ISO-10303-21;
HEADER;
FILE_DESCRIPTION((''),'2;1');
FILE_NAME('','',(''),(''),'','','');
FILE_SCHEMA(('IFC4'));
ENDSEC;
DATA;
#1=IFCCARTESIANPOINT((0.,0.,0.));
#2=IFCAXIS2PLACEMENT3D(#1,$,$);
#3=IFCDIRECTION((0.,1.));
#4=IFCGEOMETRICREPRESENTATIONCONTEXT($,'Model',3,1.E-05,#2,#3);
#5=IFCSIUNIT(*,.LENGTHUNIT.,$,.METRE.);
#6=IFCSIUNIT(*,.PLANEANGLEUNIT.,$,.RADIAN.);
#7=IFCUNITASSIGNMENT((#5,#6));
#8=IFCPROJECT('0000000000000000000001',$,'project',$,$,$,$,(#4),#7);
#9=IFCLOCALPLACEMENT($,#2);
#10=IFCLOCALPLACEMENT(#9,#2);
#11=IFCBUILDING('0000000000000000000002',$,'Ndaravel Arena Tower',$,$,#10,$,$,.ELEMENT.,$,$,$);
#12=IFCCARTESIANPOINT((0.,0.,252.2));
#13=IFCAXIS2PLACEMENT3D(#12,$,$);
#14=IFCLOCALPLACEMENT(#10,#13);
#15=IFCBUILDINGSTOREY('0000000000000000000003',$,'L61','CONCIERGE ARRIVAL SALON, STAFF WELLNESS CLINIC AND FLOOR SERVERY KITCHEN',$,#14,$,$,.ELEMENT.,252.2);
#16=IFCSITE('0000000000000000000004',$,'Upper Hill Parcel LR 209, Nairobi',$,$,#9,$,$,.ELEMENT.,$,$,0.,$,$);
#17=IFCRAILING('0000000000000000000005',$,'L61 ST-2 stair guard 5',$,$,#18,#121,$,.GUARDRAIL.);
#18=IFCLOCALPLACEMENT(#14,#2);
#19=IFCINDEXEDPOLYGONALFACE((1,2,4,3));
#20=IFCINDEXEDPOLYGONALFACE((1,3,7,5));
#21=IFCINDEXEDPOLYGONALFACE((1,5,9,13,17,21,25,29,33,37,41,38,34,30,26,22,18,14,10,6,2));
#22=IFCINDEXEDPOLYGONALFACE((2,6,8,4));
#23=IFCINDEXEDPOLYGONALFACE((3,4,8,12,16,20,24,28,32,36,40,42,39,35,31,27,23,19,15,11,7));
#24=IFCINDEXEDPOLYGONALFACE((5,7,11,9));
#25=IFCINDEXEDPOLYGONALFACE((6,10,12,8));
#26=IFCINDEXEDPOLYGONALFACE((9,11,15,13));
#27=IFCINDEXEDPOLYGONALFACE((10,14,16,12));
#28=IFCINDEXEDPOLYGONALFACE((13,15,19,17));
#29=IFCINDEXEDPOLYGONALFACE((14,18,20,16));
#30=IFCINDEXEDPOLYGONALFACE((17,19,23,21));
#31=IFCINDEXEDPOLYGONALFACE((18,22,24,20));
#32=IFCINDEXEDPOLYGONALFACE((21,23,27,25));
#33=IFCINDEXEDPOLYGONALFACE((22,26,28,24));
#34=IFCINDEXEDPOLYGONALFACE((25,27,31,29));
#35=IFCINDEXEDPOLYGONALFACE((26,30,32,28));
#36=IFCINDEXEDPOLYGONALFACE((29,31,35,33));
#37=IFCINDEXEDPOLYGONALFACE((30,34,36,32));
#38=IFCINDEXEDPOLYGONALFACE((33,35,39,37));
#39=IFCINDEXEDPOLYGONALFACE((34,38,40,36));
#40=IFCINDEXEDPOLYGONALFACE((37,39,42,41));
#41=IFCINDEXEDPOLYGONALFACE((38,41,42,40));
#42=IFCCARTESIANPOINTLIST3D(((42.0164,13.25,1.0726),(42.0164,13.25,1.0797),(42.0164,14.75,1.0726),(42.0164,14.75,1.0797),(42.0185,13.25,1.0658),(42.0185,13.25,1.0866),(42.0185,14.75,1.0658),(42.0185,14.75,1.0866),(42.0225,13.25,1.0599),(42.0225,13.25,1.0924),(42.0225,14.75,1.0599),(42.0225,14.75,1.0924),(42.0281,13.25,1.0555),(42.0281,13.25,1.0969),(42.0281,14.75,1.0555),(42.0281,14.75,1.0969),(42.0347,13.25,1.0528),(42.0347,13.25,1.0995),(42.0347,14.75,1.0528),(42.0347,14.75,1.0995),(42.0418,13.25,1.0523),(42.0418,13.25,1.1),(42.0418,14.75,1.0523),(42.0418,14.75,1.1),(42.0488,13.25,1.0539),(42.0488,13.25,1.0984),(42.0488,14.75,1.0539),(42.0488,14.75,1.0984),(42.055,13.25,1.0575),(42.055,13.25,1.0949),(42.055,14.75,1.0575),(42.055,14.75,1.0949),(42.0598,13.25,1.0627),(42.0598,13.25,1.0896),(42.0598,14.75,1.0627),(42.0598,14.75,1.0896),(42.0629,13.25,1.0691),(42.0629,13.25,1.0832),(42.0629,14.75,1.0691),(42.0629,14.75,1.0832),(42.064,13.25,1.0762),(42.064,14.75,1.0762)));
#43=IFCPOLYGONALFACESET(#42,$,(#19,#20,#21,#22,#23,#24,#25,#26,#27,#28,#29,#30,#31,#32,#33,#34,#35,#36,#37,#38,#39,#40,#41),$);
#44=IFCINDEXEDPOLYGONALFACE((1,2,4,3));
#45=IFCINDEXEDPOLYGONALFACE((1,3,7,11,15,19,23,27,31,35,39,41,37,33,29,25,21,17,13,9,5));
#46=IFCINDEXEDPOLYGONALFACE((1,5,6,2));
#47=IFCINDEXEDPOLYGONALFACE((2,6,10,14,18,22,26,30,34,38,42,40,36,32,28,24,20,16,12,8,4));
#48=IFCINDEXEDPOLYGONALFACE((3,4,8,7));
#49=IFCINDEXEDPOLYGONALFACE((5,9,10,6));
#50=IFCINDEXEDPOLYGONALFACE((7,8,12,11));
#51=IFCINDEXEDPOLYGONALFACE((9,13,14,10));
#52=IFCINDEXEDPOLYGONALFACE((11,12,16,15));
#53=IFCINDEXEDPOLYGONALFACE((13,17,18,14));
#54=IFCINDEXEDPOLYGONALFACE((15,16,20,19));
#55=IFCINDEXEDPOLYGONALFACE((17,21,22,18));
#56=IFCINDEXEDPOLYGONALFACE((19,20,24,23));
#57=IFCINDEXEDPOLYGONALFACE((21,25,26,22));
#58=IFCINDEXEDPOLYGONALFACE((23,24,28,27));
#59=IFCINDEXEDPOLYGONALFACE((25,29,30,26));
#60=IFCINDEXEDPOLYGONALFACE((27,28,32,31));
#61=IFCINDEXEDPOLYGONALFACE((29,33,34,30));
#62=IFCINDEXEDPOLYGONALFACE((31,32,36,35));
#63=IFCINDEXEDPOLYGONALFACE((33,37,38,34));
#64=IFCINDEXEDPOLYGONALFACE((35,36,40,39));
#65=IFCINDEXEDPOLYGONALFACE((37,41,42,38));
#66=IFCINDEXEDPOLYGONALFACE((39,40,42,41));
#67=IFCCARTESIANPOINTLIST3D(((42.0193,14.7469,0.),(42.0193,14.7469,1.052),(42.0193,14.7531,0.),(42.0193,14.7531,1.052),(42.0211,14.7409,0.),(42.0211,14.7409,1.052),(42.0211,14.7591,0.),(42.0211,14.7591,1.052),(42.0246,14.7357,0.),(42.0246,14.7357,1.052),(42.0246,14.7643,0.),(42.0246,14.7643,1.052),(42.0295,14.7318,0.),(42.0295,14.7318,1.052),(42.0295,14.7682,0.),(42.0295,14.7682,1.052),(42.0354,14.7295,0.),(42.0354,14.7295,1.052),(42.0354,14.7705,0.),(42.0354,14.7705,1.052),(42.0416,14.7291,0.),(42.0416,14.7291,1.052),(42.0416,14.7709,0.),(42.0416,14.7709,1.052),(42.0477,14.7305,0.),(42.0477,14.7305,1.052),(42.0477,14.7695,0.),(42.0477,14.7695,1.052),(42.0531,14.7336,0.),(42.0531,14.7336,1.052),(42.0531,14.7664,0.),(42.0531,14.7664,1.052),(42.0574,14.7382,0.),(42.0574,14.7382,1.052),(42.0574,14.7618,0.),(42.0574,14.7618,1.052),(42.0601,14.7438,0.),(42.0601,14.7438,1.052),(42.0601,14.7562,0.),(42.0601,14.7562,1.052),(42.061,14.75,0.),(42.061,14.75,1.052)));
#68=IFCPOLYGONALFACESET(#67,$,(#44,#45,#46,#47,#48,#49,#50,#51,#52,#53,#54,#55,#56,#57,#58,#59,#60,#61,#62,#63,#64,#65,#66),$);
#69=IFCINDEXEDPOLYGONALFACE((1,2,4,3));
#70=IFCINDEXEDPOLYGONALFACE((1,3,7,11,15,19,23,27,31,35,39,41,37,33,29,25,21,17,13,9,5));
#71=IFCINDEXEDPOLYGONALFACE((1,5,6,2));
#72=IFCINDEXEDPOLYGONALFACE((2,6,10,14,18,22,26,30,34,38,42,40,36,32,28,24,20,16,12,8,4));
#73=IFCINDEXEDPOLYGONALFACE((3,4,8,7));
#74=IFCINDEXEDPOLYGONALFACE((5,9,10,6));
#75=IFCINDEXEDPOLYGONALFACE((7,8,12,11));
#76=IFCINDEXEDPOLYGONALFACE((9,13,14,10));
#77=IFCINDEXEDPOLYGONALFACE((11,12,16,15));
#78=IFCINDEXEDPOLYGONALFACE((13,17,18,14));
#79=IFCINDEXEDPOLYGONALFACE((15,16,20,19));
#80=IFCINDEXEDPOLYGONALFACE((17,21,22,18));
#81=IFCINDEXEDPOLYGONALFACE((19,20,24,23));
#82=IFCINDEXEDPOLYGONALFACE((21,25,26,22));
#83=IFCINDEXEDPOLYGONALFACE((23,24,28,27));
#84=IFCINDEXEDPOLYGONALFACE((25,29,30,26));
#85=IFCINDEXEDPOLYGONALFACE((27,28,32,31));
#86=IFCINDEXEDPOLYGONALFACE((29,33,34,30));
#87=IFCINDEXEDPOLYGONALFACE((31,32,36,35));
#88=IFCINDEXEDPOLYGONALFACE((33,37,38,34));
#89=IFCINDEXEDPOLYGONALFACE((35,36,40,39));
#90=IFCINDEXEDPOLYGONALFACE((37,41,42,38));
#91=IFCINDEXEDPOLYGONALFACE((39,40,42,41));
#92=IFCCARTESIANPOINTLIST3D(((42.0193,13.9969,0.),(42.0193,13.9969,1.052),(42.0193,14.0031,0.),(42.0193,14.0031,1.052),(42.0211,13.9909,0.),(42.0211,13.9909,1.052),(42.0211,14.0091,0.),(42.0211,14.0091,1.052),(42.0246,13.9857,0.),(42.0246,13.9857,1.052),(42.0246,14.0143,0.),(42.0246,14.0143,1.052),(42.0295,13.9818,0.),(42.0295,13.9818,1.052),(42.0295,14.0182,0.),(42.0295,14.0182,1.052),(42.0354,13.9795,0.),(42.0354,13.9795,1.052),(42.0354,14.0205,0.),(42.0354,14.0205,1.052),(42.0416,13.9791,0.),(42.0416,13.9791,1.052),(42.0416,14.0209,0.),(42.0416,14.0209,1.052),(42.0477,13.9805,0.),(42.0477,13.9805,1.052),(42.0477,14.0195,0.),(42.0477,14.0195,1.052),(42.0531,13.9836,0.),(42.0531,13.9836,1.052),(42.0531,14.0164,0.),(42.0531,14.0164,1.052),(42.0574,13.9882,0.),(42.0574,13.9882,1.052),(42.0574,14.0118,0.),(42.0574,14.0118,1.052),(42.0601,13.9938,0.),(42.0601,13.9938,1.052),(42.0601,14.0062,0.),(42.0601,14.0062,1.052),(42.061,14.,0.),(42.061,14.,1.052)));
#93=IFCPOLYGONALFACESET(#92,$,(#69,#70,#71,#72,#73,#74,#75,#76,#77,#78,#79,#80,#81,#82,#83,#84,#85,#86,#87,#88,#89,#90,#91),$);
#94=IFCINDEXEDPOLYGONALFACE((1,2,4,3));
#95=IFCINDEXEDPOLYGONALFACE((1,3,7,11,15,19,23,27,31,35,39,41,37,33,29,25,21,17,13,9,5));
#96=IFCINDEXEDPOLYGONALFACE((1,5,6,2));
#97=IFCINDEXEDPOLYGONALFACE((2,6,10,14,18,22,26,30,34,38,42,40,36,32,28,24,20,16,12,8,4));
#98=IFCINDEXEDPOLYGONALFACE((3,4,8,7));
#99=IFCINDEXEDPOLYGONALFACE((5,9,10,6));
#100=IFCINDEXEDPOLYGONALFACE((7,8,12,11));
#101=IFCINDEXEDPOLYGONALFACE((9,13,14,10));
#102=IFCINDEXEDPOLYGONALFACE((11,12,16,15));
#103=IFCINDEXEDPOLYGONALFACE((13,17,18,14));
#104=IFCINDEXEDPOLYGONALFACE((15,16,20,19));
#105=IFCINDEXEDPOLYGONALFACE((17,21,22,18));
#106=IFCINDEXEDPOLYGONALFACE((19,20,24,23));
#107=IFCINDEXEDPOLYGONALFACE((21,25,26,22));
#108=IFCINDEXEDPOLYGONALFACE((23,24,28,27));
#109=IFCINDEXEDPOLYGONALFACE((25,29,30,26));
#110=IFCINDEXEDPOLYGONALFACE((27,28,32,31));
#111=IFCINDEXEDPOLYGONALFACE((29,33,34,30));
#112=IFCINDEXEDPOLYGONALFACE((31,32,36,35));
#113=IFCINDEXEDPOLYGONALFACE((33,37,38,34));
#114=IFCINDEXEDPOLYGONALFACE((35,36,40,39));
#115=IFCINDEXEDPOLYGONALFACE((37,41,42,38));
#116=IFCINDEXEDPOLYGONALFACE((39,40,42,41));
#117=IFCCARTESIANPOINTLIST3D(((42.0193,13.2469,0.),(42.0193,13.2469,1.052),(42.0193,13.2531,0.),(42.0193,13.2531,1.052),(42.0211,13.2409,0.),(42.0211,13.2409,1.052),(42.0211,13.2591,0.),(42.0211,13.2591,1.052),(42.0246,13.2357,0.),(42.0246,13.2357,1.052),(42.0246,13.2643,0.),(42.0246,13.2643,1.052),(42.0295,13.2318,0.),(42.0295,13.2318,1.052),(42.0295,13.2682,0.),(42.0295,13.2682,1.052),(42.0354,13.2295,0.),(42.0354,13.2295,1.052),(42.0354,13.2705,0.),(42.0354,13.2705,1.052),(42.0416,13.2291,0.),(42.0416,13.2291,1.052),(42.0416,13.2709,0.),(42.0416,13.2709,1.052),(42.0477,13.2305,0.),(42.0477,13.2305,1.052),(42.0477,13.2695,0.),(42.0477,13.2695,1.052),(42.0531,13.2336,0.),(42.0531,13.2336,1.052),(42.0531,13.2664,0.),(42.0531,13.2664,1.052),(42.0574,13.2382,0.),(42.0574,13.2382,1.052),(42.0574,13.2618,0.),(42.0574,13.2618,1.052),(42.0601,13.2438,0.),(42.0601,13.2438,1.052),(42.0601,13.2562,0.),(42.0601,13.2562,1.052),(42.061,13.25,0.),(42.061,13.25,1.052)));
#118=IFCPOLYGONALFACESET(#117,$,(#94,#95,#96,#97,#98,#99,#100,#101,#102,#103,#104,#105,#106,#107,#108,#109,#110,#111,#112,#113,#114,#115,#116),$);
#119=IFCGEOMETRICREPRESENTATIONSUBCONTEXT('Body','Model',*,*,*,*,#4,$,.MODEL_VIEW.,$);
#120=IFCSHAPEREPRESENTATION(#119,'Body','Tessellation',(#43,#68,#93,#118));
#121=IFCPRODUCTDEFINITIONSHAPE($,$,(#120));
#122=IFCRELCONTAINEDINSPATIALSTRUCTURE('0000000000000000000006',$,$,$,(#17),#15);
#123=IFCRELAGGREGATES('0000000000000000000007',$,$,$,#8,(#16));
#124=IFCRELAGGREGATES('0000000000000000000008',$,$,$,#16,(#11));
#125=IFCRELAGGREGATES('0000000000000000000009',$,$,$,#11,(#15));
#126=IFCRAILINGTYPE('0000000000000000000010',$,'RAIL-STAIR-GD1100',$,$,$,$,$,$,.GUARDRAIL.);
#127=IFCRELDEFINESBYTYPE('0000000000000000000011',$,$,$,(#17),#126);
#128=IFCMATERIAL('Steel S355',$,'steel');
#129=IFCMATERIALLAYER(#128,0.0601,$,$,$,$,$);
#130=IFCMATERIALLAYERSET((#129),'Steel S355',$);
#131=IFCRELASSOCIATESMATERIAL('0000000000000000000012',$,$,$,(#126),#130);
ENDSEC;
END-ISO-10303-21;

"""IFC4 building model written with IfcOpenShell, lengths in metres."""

from ifc_helpers import new_model, si_unit, direction, frame, origin, origin_2d, place, context, subcontext, project, spatial, circle, extrude, material, layer, layer_set, type_object, element, save


model = new_model("IFC4")

# Units and contexts
model_context = context("Model", 3, precision=1e-05, world=origin(), true_north=direction((0.0, 1.0)))
body_context = subcontext(model_context, "Body", "Model", "MODEL_VIEW")
ifc_project = project(units=[si_unit("LENGTHUNIT", "METRE"), si_unit("PLANEANGLEUNIT", "RADIAN")], contexts=[model_context])

# Site, building, storey
site_placement = place(None, origin())
site = spatial("IfcSite", under=ifc_project, at=site_placement, Name="Upper Hill Parcel LR 209, Nairobi", CompositionType="ELEMENT", RefElevation=0.0)
building_placement = place(site_placement, origin())
building = spatial("IfcBuilding", under=site, at=building_placement, Name="Ndaravel Arena Tower", CompositionType="ELEMENT")
storey_placement = place(building_placement, frame((0.0, 0.0, 252.2)))
storey = spatial("IfcBuildingStorey", under=building, at=storey_placement, Name="L61", Description="CONCIERGE ARRIVAL SALON, STAFF WELLNESS CLINIC AND FLOOR SERVERY KITCHEN", CompositionType="ELEMENT", Elevation=252.2)

# Railing
ifc_material_1 = material(Name="Steel S355", Category="steel")
ifc_layer_1 = layer(ifc_material_1, 0.0601)
ifc_layer_set_1 = layer_set([ifc_layer_1], Name="Steel S355")
railing_type = type_object("IfcRailingType", Name="RAIL-STAIR-GD1100", PredefinedType="GUARDRAIL", material=ifc_layer_set_1)
railing_1_placement = place(storey_placement, frame((42.04, 14.75, 0.0)))
element("IfcRailing", 1, at=railing_1_placement, inside=storey, type_object=railing_type, Name="L61 ST-2 stair guard 5", PredefinedType="GUARDRAIL", context=body_context, shape_type="SweptSolid", body=[
    extrude(circle(Radius=0.0239, at=origin_2d()), frame((0.0, 0.0, 1.0762), z_axis=(0.0, -1.0, 0.0), x_axis=(1.0, 0.0, 0.0)), (0.0, 0.0, 1.0), 1.5),
    extrude(circle(Radius=0.021, at=origin_2d()), origin(), (0.0, 0.0, 1.0), 1.052),
    extrude(circle(Radius=0.021, at=origin_2d()), frame((0.0, -0.75, 0.0)), (0.0, 0.0, 1.0), 1.052),
    extrude(circle(Radius=0.021, at=origin_2d()), frame((0.0, -1.5, 0.0)), (0.0, 0.0, 1.0), 1.052),
])

save(model, "model.ifc")
